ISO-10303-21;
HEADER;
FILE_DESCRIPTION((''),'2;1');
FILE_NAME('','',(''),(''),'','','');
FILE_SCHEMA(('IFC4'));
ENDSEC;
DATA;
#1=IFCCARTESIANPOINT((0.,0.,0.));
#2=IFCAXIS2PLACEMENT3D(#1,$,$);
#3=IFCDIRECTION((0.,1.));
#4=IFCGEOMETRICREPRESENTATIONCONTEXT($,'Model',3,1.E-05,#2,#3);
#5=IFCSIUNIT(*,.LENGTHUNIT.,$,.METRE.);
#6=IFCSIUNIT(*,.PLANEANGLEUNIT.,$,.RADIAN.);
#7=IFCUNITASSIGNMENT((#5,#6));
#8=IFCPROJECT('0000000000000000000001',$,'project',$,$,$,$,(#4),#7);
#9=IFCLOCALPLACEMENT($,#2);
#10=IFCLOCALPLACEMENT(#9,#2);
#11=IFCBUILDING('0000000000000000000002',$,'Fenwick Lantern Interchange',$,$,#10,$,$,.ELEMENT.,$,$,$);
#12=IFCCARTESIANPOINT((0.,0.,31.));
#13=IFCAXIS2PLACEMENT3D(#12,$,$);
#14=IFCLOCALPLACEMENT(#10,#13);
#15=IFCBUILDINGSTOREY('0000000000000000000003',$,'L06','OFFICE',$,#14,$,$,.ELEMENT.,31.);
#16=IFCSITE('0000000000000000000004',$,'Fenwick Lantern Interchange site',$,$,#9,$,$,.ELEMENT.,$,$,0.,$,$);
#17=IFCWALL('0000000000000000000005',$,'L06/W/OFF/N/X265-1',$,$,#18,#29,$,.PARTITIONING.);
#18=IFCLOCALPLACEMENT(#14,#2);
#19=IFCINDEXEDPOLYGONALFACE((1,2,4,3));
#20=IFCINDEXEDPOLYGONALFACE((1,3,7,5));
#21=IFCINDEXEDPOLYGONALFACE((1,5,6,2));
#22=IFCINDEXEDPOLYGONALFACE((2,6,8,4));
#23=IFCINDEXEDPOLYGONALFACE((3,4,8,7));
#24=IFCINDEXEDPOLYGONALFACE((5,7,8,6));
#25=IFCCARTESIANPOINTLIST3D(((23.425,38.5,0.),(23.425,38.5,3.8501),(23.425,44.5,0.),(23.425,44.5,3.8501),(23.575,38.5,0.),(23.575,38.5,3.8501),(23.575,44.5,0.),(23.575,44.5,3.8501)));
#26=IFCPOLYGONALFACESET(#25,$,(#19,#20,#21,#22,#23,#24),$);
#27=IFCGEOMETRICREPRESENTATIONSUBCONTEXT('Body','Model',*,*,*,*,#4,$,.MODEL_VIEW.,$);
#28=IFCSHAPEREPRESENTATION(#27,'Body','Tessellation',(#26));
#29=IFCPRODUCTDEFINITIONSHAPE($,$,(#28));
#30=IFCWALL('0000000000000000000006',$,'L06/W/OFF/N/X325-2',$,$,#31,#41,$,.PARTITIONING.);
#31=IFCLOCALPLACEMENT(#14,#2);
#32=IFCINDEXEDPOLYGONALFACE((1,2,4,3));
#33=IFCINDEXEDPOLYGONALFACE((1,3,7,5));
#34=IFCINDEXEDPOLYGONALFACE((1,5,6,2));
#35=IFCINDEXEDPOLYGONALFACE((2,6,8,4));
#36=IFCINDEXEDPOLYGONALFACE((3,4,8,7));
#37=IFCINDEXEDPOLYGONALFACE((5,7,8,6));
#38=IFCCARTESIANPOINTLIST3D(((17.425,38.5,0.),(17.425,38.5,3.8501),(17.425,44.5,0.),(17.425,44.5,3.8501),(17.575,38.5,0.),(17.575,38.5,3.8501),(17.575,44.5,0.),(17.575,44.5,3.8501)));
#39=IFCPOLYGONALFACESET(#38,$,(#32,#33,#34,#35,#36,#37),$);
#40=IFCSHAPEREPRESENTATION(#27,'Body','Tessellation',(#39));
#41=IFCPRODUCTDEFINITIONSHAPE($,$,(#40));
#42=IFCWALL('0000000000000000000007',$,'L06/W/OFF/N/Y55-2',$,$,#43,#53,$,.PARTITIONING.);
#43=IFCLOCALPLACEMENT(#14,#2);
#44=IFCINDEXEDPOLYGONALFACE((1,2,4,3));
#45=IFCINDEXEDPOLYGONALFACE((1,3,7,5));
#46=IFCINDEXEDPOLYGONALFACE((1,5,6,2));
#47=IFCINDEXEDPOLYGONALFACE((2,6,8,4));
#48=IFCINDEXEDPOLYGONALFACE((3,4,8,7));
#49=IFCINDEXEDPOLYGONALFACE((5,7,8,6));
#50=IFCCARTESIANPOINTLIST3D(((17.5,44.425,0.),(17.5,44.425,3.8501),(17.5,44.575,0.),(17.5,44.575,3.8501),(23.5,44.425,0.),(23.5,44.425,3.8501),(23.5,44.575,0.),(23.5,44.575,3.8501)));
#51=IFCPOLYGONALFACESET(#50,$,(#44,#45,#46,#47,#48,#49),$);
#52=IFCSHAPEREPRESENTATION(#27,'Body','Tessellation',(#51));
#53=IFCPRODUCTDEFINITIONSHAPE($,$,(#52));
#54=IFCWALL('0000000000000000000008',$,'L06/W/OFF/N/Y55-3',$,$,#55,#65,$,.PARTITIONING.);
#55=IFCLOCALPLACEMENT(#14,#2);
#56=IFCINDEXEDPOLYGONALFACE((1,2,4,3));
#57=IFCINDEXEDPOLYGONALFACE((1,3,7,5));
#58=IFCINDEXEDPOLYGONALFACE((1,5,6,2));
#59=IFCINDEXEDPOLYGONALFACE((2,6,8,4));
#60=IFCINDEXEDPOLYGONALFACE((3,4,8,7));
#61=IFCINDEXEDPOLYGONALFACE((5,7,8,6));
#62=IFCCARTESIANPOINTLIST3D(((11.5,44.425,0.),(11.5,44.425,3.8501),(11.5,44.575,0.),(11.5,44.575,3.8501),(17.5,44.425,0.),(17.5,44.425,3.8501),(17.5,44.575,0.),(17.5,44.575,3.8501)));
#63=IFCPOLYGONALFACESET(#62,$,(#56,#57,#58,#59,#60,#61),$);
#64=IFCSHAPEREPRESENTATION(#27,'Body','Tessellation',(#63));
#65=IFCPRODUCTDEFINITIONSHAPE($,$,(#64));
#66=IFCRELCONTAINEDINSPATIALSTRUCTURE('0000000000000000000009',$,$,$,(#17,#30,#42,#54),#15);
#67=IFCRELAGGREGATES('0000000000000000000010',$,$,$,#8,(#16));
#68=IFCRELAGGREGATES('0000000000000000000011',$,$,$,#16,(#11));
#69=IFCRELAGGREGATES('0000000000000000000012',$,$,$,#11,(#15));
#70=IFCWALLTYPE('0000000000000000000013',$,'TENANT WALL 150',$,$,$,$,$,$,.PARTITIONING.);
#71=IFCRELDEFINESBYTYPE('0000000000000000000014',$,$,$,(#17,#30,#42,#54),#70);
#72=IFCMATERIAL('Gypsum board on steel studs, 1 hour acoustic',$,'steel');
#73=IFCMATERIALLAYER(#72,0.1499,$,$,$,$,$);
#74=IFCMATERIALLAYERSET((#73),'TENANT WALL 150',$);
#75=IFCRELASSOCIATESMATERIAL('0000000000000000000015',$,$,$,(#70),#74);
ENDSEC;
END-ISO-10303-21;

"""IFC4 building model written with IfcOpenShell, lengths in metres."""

from ifc_helpers import new_model, si_unit, direction, frame, frame_2d, origin, place, context, subcontext, project, spatial, rectangle, extrude, material, layer, layer_set, type_object, element, save


model = new_model("IFC4")

# Units and contexts
model_context = context("Model", 3, precision=1e-05, world=origin(), true_north=direction((0.0, 1.0)))
body_context = subcontext(model_context, "Body", "Model", "MODEL_VIEW")
ifc_project = project(units=[si_unit("LENGTHUNIT", "METRE"), si_unit("PLANEANGLEUNIT", "RADIAN")], contexts=[model_context])

# Site, building, storey
site_placement = place(None, origin())
site = spatial("IfcSite", under=ifc_project, at=site_placement, Name="Fenwick Lantern Interchange site", CompositionType="ELEMENT", RefElevation=0.0)
building_placement = place(site_placement, origin())
building = spatial("IfcBuilding", under=site, at=building_placement, Name="Fenwick Lantern Interchange", CompositionType="ELEMENT")
storey_placement = place(building_placement, frame((0.0, 0.0, 31.0)))
storey = spatial("IfcBuildingStorey", under=building, at=storey_placement, Name="L06", Description="OFFICE", CompositionType="ELEMENT", Elevation=31.0)

# Walls
ifc_material_1 = material(Name="Gypsum board on steel studs, 1 hour acoustic", Category="steel")
ifc_layer_1 = layer(ifc_material_1, 0.1499)
ifc_layer_set_1 = layer_set([ifc_layer_1], Name="TENANT WALL 150")
wall_type_1 = type_object("IfcWallType", Name="TENANT WALL 150", PredefinedType="PARTITIONING", material=ifc_layer_set_1)
for number, where, z_axis, x_axis, name in (
    (1, (23.5, 44.5, 0.0), (0.0, 0.0, 1.0), (0.0, -1.0, 0.0), "L06/W/OFF/N/X265-1"),
    (2, (17.5, 44.5, 0.0), (0.0, 0.0, 1.0), (0.0, -1.0, 0.0), "L06/W/OFF/N/X325-2"),
    (3, (23.5, 44.5, 0.0), (0.0, 0.0, 1.0), (-1.0, 0.0, 0.0), "L06/W/OFF/N/Y55-2"),
    (4, (17.5, 44.5, 0.0), (0.0, 0.0, 1.0), (-1.0, 0.0, 0.0), "L06/W/OFF/N/Y55-3"),
):
    element("IfcWall", number, at=place(storey_placement, frame(where, z_axis=z_axis, x_axis=x_axis)), inside=storey, type_object=wall_type_1, Name=name, PredefinedType="PARTITIONING", context=body_context, shape_type="SweptSolid", body=[
        extrude(rectangle(XDim=6.0, YDim=0.1499, at=frame_2d((3.0, 0.0))), origin(), (0.0, 0.0, 1.0), 3.8501),
    ])

save(model, "model.ifc")
